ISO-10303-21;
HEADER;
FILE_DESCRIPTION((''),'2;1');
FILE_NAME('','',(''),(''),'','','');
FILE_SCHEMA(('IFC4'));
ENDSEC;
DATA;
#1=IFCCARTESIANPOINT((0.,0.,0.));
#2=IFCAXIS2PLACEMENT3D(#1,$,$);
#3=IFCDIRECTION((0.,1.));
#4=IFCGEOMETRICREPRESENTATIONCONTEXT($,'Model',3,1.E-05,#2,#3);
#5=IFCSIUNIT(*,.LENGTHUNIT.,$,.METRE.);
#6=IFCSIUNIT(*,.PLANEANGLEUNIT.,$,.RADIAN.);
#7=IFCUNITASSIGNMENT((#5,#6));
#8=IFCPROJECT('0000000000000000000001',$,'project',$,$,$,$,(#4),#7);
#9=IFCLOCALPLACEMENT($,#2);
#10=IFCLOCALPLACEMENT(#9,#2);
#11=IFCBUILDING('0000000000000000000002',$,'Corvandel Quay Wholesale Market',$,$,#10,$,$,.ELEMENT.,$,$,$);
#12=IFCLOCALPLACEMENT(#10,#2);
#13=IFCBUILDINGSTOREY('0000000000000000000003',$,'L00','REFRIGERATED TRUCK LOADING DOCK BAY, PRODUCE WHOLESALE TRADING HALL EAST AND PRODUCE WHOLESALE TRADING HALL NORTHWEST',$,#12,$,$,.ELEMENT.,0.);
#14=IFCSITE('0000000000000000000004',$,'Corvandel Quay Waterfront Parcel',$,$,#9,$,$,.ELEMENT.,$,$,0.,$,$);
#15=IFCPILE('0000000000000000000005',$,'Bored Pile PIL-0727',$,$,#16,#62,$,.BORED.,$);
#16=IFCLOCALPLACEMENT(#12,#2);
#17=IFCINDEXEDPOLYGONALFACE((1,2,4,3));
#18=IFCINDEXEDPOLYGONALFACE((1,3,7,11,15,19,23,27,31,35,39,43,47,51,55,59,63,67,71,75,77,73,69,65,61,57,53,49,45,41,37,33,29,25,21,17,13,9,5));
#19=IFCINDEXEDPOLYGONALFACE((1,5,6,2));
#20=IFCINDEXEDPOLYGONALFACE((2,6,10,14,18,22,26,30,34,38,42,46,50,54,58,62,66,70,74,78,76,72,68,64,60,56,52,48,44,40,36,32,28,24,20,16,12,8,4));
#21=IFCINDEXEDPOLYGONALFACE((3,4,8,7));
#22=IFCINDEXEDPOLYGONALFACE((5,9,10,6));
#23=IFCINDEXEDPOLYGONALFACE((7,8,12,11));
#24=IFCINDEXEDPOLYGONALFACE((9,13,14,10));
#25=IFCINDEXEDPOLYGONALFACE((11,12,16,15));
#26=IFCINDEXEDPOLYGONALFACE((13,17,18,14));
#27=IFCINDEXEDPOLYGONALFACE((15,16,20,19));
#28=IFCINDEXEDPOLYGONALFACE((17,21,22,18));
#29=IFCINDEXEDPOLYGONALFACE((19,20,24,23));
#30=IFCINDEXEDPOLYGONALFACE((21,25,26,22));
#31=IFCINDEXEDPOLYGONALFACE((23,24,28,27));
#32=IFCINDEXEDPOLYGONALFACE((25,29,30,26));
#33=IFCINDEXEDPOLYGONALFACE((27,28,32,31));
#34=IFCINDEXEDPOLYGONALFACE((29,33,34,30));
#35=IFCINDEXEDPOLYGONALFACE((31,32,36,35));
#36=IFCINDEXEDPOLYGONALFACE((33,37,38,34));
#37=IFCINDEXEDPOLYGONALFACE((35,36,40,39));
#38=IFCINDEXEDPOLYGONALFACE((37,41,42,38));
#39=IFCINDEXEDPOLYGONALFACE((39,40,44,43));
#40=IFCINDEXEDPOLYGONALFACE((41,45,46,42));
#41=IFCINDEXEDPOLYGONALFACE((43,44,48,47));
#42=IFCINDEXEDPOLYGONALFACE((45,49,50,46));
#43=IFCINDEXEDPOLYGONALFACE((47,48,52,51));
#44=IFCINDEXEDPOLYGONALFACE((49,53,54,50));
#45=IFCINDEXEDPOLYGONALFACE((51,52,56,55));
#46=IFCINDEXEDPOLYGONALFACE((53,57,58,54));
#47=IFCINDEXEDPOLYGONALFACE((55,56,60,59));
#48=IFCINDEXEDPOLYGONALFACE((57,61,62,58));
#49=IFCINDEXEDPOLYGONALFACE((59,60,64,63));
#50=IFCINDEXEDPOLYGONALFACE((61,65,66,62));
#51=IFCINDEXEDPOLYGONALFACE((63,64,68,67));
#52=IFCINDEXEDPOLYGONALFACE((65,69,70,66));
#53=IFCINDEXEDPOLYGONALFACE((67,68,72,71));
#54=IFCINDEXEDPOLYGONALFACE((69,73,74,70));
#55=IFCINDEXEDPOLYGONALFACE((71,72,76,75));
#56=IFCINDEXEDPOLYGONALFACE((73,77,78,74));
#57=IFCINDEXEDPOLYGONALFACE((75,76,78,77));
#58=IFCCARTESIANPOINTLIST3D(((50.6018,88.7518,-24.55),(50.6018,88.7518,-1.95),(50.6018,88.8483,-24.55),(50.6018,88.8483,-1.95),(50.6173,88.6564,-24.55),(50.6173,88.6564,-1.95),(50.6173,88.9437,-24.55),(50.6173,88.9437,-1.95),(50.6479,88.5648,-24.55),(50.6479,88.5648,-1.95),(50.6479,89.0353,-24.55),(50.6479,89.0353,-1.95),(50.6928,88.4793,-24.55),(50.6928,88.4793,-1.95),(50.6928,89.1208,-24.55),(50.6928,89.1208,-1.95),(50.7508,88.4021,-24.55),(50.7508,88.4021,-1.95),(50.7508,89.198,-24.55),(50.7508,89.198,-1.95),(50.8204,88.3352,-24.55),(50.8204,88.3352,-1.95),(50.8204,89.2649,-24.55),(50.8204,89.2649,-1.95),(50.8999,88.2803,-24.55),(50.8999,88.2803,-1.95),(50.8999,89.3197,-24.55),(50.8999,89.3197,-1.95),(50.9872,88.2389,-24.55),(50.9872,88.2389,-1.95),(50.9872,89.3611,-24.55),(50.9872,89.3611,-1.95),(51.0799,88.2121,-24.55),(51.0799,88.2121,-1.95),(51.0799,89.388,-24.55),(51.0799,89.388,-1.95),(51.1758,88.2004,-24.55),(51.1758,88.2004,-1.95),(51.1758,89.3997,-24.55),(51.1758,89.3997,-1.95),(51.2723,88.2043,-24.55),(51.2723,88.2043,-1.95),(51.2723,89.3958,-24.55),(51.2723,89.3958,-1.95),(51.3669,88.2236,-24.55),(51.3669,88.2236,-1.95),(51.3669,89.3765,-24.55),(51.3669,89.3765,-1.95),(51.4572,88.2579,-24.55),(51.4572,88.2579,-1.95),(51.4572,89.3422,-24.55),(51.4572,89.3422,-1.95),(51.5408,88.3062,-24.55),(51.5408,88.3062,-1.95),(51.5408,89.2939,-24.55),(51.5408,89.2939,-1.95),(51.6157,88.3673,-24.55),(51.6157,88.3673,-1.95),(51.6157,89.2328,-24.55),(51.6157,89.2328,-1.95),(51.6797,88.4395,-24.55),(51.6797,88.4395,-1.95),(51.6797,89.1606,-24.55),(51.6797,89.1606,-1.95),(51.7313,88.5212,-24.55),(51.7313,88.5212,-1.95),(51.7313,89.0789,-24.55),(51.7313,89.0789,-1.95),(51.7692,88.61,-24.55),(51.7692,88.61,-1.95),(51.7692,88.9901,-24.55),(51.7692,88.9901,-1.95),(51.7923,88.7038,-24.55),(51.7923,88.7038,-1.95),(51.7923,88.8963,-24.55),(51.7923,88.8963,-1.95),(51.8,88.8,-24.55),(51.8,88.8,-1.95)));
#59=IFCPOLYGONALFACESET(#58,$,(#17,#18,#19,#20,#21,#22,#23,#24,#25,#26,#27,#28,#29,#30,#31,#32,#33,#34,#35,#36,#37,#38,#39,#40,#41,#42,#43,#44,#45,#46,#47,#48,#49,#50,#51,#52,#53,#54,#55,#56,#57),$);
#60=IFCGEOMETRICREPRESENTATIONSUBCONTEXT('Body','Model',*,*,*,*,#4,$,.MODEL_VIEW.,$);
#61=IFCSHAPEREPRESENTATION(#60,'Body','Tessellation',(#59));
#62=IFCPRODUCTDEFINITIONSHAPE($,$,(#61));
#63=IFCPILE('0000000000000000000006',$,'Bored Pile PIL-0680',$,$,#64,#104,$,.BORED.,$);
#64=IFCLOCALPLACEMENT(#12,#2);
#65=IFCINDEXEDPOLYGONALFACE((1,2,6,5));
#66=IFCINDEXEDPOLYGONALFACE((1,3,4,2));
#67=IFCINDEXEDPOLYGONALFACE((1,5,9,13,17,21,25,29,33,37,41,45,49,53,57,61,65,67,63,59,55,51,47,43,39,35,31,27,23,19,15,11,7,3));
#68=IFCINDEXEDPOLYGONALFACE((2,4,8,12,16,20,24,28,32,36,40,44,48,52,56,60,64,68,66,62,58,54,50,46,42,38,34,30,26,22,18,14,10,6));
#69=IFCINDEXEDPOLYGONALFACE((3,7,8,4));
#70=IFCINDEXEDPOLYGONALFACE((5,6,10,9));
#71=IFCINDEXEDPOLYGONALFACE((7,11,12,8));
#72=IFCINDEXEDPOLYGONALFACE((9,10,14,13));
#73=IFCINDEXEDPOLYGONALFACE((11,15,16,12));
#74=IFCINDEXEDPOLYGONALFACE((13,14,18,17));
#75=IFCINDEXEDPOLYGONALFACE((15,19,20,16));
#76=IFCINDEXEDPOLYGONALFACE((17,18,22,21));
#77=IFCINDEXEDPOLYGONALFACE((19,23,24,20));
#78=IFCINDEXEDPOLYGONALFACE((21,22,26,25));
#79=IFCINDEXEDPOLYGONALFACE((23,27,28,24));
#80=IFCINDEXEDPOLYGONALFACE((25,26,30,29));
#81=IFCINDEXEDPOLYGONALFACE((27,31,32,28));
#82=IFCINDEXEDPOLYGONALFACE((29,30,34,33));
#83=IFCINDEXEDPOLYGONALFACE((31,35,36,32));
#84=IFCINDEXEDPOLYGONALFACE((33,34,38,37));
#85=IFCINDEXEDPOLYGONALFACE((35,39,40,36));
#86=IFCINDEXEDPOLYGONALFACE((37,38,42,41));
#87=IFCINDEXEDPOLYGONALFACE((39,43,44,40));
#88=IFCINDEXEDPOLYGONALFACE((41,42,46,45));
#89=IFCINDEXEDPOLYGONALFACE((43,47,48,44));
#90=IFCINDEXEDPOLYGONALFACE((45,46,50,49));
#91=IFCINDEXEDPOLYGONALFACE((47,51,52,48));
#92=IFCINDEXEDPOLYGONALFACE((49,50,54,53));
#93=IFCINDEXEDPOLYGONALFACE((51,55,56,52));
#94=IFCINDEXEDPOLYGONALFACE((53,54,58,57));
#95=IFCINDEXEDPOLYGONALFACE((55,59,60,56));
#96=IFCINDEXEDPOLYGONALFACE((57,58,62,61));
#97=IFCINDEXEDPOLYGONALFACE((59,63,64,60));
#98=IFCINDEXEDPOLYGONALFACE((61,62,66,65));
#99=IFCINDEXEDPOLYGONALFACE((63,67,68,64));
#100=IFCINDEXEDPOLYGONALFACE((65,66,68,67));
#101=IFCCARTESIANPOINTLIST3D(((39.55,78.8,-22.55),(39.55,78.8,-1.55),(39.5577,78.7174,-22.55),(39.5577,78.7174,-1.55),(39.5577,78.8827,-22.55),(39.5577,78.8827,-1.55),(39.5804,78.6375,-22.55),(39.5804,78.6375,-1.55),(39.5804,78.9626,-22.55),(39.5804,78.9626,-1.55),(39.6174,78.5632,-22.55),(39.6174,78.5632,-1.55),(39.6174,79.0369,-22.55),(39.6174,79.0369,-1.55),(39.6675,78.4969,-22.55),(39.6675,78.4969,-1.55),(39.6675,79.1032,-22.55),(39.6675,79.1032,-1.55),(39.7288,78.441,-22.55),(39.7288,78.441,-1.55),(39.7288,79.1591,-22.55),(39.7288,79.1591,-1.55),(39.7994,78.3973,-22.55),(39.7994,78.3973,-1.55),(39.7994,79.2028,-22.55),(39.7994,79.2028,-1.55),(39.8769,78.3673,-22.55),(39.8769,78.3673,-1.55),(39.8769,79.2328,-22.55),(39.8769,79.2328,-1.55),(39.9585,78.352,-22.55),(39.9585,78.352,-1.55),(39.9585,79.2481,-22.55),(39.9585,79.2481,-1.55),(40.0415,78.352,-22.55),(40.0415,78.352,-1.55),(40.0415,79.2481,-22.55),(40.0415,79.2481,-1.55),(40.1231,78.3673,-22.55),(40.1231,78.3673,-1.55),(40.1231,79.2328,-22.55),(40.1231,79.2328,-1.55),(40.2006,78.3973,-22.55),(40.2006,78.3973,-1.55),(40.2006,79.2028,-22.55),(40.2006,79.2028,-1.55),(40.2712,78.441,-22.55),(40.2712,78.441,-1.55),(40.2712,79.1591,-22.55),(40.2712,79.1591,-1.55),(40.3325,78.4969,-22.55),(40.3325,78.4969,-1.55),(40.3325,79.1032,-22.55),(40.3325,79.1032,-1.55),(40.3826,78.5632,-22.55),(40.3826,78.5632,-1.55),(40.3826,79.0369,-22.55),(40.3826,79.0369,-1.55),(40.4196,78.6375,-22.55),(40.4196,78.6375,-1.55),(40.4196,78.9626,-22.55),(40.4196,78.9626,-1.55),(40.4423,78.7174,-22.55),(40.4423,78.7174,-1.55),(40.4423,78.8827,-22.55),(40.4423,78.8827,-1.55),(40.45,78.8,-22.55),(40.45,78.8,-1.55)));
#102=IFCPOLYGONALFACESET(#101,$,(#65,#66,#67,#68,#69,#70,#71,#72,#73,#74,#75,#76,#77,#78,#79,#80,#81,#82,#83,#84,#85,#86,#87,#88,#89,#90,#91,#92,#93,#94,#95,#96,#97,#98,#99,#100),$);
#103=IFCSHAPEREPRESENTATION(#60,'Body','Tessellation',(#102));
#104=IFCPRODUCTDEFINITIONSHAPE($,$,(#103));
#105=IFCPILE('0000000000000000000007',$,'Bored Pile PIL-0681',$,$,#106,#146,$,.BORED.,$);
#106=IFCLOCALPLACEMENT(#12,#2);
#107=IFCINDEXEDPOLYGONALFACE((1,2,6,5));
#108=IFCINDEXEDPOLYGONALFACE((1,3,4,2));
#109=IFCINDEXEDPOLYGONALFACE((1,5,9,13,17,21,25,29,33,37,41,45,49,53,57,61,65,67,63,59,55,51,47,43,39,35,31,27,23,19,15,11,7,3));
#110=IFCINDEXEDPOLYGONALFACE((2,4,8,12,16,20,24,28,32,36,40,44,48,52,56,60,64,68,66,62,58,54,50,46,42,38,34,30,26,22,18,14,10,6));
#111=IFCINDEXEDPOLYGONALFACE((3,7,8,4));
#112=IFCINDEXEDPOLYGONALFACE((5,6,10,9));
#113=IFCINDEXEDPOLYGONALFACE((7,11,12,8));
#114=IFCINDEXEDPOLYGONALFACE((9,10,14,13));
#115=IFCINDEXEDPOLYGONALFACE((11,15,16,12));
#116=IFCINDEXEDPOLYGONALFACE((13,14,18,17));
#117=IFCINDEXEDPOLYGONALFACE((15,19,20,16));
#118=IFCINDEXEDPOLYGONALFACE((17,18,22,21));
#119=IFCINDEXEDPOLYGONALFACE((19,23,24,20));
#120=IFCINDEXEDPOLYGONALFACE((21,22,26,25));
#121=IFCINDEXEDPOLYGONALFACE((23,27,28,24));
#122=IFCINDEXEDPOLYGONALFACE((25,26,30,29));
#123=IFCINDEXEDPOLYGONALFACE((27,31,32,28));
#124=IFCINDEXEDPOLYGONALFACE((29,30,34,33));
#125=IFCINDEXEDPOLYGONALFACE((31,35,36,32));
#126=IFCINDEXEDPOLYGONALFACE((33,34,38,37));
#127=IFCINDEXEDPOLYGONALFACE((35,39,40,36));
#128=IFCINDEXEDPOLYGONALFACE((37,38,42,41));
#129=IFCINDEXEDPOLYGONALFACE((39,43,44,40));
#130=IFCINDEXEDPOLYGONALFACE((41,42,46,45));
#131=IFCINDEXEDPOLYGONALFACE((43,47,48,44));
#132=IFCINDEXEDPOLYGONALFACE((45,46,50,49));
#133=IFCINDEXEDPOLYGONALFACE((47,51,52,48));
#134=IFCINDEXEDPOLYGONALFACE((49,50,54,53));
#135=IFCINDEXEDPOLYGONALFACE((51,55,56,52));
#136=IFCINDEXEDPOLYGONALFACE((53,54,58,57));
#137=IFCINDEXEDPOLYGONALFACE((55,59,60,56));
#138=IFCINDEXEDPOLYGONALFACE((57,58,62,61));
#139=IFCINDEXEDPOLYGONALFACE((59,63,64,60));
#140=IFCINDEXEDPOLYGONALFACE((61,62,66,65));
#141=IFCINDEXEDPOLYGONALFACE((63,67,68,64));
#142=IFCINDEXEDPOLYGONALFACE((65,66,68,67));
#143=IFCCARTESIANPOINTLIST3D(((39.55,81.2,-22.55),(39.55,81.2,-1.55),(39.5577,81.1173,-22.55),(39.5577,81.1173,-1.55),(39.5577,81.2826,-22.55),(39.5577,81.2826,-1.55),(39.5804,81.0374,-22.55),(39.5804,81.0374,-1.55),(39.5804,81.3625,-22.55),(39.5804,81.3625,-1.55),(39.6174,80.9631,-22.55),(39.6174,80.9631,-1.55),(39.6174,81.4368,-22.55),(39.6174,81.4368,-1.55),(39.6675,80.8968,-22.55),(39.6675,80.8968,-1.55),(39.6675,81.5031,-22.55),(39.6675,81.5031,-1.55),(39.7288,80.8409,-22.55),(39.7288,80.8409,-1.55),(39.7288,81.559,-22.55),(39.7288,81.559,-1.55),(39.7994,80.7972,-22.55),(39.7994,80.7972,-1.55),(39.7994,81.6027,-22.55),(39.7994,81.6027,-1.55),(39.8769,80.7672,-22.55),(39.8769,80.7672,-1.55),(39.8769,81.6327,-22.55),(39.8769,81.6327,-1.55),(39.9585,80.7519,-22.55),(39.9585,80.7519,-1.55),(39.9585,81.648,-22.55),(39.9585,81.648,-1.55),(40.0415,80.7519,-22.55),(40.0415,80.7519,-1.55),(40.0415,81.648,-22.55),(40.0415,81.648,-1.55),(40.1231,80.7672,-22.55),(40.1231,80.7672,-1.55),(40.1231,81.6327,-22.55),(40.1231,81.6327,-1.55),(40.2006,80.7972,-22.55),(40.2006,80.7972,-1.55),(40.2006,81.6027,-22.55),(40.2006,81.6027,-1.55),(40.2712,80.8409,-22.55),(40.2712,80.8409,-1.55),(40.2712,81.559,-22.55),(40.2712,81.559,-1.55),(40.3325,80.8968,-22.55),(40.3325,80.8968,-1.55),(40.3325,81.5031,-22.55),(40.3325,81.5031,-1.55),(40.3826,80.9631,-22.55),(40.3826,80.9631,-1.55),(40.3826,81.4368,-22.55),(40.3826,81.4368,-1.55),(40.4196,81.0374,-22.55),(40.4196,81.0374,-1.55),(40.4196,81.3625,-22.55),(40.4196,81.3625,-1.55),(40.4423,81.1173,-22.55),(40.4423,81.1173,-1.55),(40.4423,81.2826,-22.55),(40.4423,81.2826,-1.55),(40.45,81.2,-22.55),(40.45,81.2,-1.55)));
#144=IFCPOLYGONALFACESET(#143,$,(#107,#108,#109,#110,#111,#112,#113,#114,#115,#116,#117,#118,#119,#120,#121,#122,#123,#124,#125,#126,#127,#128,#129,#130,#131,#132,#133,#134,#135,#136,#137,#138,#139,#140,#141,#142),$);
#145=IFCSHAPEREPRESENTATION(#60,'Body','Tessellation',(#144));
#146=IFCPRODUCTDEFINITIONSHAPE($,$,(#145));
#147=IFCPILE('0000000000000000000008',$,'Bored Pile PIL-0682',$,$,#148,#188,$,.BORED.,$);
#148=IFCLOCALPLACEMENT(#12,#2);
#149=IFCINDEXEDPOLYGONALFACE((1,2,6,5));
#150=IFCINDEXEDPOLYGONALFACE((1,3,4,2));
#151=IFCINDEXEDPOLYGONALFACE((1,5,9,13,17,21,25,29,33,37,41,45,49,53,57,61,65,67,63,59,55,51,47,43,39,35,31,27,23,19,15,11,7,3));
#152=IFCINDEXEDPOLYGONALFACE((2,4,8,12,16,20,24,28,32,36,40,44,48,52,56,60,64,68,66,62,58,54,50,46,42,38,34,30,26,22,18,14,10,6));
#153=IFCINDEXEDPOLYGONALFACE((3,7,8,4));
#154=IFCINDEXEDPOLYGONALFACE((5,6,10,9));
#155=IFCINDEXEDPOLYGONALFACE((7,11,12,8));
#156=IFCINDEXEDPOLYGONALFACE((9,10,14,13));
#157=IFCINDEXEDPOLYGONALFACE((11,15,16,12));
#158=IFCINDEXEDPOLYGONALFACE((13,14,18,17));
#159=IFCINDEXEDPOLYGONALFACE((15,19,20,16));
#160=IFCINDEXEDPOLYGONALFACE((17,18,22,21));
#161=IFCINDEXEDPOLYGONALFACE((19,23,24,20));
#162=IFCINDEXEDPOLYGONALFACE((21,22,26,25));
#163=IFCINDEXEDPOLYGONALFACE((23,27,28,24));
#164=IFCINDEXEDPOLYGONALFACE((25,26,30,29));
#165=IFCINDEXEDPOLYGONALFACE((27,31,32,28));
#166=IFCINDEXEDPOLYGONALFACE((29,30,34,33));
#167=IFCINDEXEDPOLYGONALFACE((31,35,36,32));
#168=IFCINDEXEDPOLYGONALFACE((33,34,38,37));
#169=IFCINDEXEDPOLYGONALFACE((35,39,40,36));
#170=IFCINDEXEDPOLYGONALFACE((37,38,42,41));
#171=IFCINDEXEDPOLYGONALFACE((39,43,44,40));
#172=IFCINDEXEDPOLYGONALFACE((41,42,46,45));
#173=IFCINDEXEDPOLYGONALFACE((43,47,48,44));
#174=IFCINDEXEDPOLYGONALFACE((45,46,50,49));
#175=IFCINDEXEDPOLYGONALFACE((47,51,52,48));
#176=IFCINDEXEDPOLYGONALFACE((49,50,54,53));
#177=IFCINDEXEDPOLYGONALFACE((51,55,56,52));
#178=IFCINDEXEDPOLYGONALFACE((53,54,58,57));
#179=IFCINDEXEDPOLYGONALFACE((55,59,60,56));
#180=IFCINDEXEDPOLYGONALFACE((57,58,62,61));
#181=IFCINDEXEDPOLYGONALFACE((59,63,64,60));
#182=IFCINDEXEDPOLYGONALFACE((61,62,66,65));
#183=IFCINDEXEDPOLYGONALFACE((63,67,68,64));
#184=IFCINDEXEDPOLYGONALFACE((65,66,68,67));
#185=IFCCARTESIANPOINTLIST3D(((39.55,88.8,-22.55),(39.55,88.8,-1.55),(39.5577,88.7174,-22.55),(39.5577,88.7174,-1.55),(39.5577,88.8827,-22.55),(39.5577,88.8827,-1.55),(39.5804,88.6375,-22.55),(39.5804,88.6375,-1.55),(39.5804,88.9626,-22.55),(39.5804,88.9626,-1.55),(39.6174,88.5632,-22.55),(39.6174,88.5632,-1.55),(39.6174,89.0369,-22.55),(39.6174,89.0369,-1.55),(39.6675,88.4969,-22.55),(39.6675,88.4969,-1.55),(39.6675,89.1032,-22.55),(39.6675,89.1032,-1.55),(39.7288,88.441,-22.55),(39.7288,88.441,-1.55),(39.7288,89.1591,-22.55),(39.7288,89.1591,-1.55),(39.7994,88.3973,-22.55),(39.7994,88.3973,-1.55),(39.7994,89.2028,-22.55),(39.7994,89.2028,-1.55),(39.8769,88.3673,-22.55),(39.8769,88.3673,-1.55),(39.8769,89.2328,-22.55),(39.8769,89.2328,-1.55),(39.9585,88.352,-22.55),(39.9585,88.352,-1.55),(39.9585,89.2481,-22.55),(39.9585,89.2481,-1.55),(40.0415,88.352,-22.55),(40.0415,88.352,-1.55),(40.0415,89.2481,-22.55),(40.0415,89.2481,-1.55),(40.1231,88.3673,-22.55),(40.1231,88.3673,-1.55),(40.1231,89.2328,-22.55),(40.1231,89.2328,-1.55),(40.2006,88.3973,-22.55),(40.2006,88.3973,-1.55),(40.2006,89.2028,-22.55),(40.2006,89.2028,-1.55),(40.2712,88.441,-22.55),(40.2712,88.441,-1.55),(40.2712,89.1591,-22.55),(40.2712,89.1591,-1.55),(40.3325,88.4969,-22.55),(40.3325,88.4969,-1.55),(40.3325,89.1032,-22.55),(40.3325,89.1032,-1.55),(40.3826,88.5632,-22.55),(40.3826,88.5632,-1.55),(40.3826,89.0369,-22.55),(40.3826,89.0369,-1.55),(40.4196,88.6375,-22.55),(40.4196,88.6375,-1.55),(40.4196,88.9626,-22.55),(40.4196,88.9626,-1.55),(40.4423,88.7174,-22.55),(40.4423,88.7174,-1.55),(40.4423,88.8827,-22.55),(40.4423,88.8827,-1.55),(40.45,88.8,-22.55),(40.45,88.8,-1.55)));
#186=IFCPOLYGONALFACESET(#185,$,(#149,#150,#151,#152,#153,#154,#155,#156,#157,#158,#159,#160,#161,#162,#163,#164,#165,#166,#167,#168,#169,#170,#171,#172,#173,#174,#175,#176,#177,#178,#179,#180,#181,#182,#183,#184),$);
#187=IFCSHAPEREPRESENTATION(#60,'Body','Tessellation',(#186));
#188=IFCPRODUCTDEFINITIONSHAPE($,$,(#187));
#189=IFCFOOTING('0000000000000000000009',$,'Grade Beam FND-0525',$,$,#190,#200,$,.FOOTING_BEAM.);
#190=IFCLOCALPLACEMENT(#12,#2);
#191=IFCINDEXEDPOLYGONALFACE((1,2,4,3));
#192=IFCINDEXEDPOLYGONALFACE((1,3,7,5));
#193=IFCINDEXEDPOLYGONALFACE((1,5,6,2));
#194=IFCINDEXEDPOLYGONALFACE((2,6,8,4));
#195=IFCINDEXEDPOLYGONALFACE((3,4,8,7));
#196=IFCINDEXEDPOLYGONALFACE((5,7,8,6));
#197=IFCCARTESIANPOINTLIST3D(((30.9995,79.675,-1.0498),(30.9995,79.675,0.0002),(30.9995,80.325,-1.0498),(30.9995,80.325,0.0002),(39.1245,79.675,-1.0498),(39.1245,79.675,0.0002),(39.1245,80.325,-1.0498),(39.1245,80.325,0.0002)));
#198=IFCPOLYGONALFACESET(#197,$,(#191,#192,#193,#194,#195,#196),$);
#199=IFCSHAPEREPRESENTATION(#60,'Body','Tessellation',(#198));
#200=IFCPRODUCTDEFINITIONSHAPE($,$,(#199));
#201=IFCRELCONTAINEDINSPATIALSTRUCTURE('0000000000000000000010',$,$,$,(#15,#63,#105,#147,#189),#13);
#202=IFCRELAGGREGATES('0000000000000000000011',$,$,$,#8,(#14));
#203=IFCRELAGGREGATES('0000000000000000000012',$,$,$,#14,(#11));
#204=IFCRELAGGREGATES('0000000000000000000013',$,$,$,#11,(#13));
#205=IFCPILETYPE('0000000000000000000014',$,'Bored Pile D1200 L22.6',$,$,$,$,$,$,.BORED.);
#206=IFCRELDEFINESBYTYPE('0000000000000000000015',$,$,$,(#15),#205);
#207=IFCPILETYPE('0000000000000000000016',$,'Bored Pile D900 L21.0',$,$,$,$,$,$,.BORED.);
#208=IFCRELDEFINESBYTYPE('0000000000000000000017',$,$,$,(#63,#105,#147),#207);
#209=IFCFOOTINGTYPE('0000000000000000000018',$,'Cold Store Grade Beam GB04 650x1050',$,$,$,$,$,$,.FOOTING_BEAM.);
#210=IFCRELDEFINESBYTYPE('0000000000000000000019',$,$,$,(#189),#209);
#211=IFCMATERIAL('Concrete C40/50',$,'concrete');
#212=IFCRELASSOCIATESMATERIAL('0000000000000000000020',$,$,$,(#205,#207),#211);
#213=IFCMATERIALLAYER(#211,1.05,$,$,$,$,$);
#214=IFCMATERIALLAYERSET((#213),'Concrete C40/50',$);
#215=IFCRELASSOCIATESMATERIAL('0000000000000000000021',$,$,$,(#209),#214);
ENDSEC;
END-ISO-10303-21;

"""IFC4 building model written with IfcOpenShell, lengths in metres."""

from ifc_helpers import new_model, si_unit, direction, frame, origin, origin_2d, place, context, subcontext, project, spatial, rectangle, circle, extrude, material, layer, layer_set, material_profile, profile_set, type_object, element, save


model = new_model("IFC4")

# Units and contexts
model_context = context("Model", 3, precision=1e-05, world=origin(), true_north=direction((0.0, 1.0)))
body_context = subcontext(model_context, "Body", "Model", "MODEL_VIEW")
ifc_project = project(units=[si_unit("LENGTHUNIT", "METRE"), si_unit("PLANEANGLEUNIT", "RADIAN")], contexts=[model_context])

# Site, building, storey
site_placement = place(None, origin())
site = spatial("IfcSite", under=ifc_project, at=site_placement, Name="Corvandel Quay Waterfront Parcel", CompositionType="ELEMENT", RefElevation=0.0)
building_placement = place(site_placement, origin())
building = spatial("IfcBuilding", under=site, at=building_placement, Name="Corvandel Quay Wholesale Market", CompositionType="ELEMENT")
storey_placement = place(building_placement, origin())
storey = spatial("IfcBuildingStorey", under=building, at=storey_placement, Name="L00", Description="REFRIGERATED TRUCK LOADING DOCK BAY, PRODUCE WHOLESALE TRADING HALL EAST AND PRODUCE WHOLESALE TRADING HALL NORTHWEST", CompositionType="ELEMENT", Elevation=0.0)

# Piles
ifc_material_1 = material(Name="Concrete C40/50", Category="concrete")
ifc_material_profile_1 = material_profile(ifc_material_1, circle(Radius=0.6001, at=origin_2d()), Name="RC-PILE-D1200")
ifc_profile_set_1 = profile_set([ifc_material_profile_1], Name="Concrete C40/50")
pile_type_1 = type_object("IfcPileType", Name="Bored Pile D1200 L22.6", PredefinedType="BORED", material=ifc_profile_set_1)
for number, where, z_axis, x_axis, name in (
    (1, (51.2, 88.8, -1.95), (0.0, 0.0, -1.0), (1.0, 0.0, 0.0), "Bored Pile PIL-0727"),
):
    element("IfcPile", number, at=place(storey_placement, frame(where, z_axis=z_axis, x_axis=x_axis)), inside=storey, type_object=pile_type_1, Name=name, PredefinedType="BORED", context=body_context, shape_type="SweptSolid", body=[
        extrude(circle(Radius=0.6001, at=origin_2d()), origin(), (0.0, 0.0, 1.0), 22.6001),
    ])
ifc_material_profile_2 = material_profile(ifc_material_1, circle(Radius=0.45, at=origin_2d()), Name="RC-PILE-D900")
ifc_profile_set_2 = profile_set([ifc_material_profile_2], Name="Concrete C40/50")
pile_type_2 = type_object("IfcPileType", Name="Bored Pile D900 L21.0", PredefinedType="BORED", material=ifc_profile_set_2)
for number, where, z_axis, x_axis, name in (
    (2, (40.0, 78.8, -1.55), (0.0, 0.0, -1.0), (1.0, 0.0, 0.0), "Bored Pile PIL-0680"),
    (3, (40.0, 81.2, -1.55), (0.0, 0.0, -1.0), (1.0, 0.0, 0.0), "Bored Pile PIL-0681"),
    (4, (40.0, 88.8, -1.55), (0.0, 0.0, -1.0), (1.0, 0.0, 0.0), "Bored Pile PIL-0682"),
):
    element("IfcPile", number, at=place(storey_placement, frame(where, z_axis=z_axis, x_axis=x_axis)), inside=storey, type_object=pile_type_2, Name=name, PredefinedType="BORED", context=body_context, shape_type="SweptSolid", body=[
        extrude(circle(Radius=0.45, at=origin_2d()), origin(), (0.0, 0.0, 1.0), 21.0),
    ])

# Footing
ifc_layer_1 = layer(ifc_material_1, 1.05)
ifc_layer_set_1 = layer_set([ifc_layer_1], Name="Concrete C40/50")
footing_type_1 = type_object("IfcFootingType", Name="Cold Store Grade Beam GB04 650x1050", PredefinedType="FOOTING_BEAM", material=ifc_layer_set_1)
footing_1_placement = place(storey_placement, frame((35.062, 80.0, -1.0498), z_axis=(0.0, 0.0, 1.0), x_axis=(1.0, 0.0, 0.0)))
element("IfcFooting", 5, at=footing_1_placement, inside=storey, type_object=footing_type_1, Name="Grade Beam FND-0525", PredefinedType="FOOTING_BEAM", context=body_context, shape_type="SweptSolid", body=[
    extrude(rectangle(XDim=8.125, YDim=0.6499, at=origin_2d()), origin(), (0.0, 0.0, 1.0), 1.05),
])

save(model, "model.ifc")
